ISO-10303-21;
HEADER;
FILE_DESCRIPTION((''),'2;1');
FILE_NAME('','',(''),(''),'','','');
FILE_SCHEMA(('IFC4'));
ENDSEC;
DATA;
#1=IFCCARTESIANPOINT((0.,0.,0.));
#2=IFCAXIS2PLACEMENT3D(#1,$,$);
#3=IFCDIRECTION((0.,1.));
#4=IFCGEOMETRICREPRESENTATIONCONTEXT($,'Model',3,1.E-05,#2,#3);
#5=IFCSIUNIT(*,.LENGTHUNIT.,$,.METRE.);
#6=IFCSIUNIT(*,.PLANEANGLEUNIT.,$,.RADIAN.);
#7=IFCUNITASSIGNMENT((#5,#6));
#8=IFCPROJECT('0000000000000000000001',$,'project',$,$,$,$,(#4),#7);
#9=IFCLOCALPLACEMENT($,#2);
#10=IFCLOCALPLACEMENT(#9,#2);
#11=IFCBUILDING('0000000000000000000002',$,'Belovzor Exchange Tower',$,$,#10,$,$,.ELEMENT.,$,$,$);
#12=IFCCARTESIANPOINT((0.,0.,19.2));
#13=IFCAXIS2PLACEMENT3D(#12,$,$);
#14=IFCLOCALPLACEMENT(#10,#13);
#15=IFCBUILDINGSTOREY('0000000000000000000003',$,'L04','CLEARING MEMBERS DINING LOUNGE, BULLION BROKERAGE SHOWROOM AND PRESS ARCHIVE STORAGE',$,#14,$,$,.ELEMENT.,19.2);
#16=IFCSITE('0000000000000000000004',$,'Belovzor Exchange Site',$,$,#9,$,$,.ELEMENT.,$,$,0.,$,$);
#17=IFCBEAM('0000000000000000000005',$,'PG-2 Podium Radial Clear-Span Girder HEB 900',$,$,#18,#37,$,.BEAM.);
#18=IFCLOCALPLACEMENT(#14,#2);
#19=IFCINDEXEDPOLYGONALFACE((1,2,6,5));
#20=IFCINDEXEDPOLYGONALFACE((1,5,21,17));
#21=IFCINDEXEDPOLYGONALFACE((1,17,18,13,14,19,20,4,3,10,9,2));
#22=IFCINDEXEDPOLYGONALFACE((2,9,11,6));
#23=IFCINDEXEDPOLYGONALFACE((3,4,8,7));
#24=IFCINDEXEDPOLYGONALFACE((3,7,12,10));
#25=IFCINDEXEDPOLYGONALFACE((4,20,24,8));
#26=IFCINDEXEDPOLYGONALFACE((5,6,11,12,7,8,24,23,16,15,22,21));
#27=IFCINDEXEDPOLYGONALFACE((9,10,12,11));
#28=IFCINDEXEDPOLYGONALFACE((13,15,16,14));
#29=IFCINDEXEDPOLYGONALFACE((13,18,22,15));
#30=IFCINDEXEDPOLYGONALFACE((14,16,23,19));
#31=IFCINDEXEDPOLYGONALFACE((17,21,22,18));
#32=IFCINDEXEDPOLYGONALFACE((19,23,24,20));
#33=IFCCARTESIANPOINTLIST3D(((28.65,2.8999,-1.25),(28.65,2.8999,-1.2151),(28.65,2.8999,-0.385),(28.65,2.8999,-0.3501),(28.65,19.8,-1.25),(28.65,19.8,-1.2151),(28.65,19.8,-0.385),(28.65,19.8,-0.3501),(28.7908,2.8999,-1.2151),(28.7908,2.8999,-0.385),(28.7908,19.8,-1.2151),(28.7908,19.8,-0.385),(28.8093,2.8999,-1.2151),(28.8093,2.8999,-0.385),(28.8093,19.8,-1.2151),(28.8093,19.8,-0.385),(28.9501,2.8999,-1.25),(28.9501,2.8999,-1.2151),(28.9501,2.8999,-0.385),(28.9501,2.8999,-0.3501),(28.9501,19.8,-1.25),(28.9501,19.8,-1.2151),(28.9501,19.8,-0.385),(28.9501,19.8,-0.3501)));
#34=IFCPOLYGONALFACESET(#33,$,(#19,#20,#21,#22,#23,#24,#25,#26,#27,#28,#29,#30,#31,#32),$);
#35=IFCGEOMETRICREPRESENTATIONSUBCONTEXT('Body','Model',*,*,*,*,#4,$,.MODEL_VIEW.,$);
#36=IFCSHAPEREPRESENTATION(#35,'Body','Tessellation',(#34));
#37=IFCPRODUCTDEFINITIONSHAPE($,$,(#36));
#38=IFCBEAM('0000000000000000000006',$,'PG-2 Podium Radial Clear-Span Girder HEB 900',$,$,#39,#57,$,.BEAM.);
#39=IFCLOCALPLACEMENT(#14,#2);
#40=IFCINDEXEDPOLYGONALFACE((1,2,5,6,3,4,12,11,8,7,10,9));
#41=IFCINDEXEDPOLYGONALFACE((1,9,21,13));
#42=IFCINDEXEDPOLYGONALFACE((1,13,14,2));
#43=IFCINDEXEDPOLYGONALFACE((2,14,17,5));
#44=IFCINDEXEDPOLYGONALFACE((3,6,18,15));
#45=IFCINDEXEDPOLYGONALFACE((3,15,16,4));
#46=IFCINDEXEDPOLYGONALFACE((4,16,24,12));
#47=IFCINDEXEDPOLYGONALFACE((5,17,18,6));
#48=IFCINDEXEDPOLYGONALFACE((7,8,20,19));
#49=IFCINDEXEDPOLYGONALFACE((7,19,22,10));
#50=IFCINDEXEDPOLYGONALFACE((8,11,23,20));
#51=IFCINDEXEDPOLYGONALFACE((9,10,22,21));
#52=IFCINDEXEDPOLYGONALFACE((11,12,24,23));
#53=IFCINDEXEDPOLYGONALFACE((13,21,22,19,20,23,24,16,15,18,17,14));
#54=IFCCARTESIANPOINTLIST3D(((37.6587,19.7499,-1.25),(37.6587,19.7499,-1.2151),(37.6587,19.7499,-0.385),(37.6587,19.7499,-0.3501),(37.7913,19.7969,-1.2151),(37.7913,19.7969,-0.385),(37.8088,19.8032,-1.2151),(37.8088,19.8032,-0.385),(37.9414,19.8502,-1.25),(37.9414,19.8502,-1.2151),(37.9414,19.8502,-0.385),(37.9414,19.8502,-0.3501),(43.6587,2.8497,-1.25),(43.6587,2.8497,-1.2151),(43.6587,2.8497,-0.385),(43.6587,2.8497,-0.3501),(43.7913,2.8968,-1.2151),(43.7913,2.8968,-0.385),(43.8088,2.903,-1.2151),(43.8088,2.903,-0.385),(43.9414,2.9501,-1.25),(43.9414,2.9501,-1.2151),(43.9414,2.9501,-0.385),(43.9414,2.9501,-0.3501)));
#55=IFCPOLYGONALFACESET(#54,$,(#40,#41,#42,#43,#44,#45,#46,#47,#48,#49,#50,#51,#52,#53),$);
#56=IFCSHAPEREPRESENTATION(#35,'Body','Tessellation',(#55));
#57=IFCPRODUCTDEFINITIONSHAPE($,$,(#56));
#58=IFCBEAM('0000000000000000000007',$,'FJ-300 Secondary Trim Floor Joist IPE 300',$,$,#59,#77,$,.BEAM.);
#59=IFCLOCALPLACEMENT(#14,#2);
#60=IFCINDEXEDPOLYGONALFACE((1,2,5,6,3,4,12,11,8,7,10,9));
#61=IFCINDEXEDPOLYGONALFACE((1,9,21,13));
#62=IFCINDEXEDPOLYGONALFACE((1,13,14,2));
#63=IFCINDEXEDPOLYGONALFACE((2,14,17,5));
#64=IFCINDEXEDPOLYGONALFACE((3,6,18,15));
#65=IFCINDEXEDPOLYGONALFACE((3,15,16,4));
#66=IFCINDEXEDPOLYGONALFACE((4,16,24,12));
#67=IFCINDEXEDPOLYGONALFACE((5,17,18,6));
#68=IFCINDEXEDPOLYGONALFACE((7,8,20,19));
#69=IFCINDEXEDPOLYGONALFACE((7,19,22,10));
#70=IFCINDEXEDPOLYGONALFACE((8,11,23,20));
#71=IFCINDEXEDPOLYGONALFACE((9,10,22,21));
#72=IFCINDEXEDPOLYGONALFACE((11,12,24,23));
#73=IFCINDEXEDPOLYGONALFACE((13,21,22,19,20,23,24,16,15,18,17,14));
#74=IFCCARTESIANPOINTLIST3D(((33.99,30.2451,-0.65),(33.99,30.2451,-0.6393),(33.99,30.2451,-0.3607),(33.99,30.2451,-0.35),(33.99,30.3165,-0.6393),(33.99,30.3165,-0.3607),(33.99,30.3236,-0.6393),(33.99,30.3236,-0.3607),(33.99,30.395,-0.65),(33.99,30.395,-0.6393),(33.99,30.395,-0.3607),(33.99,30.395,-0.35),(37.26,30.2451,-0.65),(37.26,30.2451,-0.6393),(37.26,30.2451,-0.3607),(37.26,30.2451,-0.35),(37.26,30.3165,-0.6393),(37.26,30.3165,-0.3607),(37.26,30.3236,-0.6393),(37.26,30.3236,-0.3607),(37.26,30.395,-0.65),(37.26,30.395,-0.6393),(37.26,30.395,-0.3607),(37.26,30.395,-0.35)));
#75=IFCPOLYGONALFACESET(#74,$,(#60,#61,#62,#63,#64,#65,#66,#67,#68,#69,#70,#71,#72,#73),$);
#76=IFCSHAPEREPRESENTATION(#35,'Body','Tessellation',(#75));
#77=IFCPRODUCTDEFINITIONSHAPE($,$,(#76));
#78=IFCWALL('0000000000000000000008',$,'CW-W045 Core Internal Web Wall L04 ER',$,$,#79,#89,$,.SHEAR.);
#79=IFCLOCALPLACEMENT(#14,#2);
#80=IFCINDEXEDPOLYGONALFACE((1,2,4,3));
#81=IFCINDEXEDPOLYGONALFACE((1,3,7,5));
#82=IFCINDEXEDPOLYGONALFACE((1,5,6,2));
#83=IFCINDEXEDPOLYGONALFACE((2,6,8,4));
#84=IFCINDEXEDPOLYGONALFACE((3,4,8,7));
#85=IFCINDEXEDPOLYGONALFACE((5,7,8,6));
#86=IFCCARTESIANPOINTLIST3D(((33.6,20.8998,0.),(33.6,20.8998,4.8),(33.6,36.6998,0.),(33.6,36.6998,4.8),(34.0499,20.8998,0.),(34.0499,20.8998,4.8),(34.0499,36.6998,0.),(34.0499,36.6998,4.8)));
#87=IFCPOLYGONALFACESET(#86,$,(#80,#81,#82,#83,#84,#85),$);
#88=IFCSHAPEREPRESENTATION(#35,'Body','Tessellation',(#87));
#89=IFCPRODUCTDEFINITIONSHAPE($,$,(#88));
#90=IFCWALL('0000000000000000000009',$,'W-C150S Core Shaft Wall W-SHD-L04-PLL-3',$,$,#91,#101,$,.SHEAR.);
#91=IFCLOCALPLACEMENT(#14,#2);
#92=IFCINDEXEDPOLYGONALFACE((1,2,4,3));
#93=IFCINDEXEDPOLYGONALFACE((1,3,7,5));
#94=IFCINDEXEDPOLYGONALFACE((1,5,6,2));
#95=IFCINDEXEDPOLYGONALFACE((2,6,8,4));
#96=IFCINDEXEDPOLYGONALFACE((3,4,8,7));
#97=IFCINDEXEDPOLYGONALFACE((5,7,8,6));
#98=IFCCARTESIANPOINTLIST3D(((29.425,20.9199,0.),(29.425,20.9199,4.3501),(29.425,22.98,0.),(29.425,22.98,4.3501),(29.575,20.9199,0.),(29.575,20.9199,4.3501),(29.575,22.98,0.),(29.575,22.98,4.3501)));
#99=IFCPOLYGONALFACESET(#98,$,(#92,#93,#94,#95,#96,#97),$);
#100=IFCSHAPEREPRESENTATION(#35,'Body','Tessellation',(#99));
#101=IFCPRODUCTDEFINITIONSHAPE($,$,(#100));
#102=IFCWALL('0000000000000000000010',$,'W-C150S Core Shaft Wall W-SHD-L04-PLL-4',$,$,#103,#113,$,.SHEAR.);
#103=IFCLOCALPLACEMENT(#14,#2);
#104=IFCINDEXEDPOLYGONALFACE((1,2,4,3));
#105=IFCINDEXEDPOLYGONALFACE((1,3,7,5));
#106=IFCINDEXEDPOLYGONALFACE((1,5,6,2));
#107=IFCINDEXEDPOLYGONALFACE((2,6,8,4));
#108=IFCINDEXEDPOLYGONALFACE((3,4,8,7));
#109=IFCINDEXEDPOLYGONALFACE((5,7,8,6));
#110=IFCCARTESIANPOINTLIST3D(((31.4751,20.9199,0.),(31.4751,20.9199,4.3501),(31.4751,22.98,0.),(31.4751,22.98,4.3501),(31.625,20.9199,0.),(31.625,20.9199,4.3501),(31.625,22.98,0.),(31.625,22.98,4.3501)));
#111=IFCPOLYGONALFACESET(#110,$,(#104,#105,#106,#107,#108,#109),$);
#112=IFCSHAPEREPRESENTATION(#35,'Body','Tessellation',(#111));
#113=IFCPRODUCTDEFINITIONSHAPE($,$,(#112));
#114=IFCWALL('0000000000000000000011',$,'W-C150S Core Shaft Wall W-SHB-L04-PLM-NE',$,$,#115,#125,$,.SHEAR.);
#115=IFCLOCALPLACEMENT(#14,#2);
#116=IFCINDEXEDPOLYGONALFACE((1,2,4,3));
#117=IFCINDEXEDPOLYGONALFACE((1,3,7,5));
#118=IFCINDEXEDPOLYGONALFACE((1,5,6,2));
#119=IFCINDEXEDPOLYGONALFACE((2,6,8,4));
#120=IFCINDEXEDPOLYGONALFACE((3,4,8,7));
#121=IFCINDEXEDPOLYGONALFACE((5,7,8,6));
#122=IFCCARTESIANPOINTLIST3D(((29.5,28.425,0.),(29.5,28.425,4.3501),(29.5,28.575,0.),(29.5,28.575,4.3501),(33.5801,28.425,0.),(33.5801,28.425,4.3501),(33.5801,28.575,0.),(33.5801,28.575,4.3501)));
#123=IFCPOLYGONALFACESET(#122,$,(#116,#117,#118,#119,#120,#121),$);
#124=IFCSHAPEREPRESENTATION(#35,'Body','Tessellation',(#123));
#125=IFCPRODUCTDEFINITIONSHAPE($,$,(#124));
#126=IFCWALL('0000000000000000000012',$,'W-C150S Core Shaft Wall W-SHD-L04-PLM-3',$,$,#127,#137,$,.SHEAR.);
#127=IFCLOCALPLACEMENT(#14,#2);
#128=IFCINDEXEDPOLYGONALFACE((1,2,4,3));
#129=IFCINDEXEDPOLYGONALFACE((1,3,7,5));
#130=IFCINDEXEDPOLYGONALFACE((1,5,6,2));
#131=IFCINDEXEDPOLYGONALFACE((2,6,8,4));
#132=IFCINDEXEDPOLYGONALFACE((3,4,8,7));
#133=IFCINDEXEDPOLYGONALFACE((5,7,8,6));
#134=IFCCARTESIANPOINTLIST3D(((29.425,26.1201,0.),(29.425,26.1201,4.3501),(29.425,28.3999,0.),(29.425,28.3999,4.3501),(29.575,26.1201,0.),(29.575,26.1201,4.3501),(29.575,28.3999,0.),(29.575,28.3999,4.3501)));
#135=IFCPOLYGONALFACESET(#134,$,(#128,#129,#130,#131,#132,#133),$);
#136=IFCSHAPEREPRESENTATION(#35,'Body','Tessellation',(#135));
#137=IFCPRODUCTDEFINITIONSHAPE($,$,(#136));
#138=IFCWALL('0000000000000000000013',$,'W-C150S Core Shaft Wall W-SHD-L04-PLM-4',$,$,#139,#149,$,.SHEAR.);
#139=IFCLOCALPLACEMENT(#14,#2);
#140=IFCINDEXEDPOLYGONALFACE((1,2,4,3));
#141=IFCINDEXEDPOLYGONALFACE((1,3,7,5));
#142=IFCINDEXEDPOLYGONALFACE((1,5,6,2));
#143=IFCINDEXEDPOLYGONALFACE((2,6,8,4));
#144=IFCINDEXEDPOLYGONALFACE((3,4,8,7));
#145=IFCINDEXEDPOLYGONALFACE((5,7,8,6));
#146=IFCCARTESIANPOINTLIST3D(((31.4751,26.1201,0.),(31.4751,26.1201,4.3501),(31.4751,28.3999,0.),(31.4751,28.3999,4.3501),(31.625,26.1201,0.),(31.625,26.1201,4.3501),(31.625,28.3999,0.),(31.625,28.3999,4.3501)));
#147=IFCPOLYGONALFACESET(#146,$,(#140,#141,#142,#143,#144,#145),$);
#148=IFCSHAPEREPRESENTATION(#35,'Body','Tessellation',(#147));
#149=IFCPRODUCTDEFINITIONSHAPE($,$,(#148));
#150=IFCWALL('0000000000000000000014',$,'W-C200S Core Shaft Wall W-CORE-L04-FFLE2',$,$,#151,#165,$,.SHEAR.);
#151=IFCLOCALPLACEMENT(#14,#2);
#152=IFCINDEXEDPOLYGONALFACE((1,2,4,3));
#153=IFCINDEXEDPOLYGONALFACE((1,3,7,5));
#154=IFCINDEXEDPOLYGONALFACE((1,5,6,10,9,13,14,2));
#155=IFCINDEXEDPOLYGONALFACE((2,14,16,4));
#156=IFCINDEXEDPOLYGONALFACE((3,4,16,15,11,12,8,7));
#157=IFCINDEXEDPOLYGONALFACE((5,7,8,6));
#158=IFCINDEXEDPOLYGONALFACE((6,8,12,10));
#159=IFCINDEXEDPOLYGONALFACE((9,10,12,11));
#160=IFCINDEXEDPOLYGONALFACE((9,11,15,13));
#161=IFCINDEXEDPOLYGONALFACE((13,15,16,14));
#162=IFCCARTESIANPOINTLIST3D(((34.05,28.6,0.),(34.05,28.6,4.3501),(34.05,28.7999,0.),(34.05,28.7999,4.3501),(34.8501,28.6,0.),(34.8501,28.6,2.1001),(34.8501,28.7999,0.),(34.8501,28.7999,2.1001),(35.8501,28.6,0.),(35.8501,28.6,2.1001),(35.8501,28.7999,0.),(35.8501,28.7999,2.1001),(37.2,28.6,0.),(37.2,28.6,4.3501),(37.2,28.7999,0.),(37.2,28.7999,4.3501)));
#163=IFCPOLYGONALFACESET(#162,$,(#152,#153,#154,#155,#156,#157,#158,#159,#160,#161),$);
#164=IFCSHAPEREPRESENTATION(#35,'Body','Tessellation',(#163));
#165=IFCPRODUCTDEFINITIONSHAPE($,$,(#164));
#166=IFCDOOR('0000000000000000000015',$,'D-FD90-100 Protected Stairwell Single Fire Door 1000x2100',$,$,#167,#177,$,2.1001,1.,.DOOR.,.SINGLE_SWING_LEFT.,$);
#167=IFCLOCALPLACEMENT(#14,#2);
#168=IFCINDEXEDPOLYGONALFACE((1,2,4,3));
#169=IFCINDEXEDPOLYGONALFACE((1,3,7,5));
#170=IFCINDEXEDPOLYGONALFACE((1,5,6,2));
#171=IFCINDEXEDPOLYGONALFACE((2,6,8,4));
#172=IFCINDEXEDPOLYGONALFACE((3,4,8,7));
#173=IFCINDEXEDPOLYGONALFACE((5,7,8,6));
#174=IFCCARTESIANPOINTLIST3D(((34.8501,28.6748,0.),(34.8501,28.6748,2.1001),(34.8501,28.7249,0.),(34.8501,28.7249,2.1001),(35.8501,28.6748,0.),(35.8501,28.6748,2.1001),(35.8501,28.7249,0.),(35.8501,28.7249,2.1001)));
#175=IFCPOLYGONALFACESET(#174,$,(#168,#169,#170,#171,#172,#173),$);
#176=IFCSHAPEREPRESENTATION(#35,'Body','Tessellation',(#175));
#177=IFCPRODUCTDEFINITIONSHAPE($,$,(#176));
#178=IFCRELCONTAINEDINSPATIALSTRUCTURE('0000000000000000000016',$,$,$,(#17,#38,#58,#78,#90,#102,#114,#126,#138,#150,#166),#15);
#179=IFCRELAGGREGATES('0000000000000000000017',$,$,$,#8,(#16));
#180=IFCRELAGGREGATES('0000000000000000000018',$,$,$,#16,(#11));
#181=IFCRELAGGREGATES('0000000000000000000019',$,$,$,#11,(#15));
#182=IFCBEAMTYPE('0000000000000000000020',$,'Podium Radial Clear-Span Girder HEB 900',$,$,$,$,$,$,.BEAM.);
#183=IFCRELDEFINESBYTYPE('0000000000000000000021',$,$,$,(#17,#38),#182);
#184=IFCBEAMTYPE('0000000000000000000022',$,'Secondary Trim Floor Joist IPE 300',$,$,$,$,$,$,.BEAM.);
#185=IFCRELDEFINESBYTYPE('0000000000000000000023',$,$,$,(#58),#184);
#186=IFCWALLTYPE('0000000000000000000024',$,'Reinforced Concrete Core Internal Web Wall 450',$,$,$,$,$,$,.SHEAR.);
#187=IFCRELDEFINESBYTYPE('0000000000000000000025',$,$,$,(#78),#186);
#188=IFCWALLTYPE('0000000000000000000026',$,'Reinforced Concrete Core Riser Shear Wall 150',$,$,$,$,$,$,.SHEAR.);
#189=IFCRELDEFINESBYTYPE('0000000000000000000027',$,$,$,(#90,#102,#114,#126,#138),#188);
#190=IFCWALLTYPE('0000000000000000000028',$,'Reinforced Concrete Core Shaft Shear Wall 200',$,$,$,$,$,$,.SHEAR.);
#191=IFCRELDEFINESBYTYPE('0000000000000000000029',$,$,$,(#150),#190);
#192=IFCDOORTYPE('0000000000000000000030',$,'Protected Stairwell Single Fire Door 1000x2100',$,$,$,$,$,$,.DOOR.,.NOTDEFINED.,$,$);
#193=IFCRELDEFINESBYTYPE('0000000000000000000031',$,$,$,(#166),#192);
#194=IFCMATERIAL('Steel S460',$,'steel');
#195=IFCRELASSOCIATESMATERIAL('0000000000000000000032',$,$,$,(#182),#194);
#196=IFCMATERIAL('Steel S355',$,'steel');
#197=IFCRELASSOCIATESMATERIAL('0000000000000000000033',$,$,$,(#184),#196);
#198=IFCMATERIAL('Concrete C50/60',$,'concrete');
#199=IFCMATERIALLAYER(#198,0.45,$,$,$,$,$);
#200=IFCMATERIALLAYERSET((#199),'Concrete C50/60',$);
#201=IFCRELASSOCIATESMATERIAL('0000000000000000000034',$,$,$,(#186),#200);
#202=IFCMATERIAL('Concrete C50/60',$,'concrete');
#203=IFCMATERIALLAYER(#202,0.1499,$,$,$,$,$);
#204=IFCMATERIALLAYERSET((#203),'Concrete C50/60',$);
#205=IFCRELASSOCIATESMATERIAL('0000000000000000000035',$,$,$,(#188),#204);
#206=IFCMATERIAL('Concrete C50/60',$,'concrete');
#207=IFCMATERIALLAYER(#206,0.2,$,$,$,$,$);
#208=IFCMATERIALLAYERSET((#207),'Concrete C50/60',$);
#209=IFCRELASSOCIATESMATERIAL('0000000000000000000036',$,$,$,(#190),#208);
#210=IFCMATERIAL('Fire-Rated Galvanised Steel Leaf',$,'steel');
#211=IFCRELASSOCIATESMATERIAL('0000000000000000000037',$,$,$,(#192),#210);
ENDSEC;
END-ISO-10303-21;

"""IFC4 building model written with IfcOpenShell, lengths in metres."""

from ifc_helpers import new_model, si_unit, direction, frame, frame_2d, origin, origin_2d, place, context, subcontext, project, spatial, rectangle, i_section, extrude, material, layer, layer_set, material_profile, profile_set, type_object, element, fill, save


model = new_model("IFC4")

# Units and contexts
model_context = context("Model", 3, precision=1e-05, world=origin(), true_north=direction((0.0, 1.0)))
body_context = subcontext(model_context, "Body", "Model", "MODEL_VIEW")
ifc_project = project(units=[si_unit("LENGTHUNIT", "METRE"), si_unit("PLANEANGLEUNIT", "RADIAN")], contexts=[model_context])

# Site, building, storey
site_placement = place(None, origin())
site = spatial("IfcSite", under=ifc_project, at=site_placement, Name="Belovzor Exchange Site", CompositionType="ELEMENT", RefElevation=0.0)
building_placement = place(site_placement, origin())
building = spatial("IfcBuilding", under=site, at=building_placement, Name="Belovzor Exchange Tower", CompositionType="ELEMENT")
storey_placement = place(building_placement, frame((0.0, 0.0, 19.2)))
storey = spatial("IfcBuildingStorey", under=building, at=storey_placement, Name="L04", Description="CLEARING MEMBERS DINING LOUNGE, BULLION BROKERAGE SHOWROOM AND PRESS ARCHIVE STORAGE", CompositionType="ELEMENT", Elevation=19.2)

# Beams
ifc_material_1 = material(Name="Steel S460", Category="steel")
ifc_material_profile_1 = material_profile(ifc_material_1, i_section(OverallWidth=0.3, OverallDepth=0.8999, WebThickness=0.0186, FlangeThickness=0.0349, at=origin_2d()))
ifc_profile_set_1 = profile_set([ifc_material_profile_1], Name="Steel S460")
beam_type_1 = type_object("IfcBeamType", Name="Podium Radial Clear-Span Girder HEB 900", PredefinedType="BEAM", material=ifc_profile_set_1)
beam_1_placement = place(storey_placement, frame((28.8, 19.8, -0.8), z_axis=(0.0, -1.0, 0.0), x_axis=(1.0, 0.0, 0.0)))
element("IfcBeam", 1, at=beam_1_placement, inside=storey, type_object=beam_type_1, Name="PG-2 Podium Radial Clear-Span Girder HEB 900", PredefinedType="BEAM", context=body_context, shape_type="SweptSolid", body=[
    extrude(i_section(OverallWidth=0.3, OverallDepth=0.8999, WebThickness=0.0186, FlangeThickness=0.0349, at=origin_2d()), origin(), (0.0, 0.0, 1.0), 16.9001),
])
beam_2_placement = place(storey_placement, frame((37.8, 19.8, -0.8), z_axis=(0.334567, -0.942372, 0.0), x_axis=(0.942372, 0.334567, 0.0)))
element("IfcBeam", 2, at=beam_2_placement, inside=storey, type_object=beam_type_1, Name="PG-2 Podium Radial Clear-Span Girder HEB 900", PredefinedType="BEAM", context=body_context, shape_type="SweptSolid", body=[
    extrude(i_section(OverallWidth=0.3, OverallDepth=0.8999, WebThickness=0.0186, FlangeThickness=0.0349, at=origin_2d()), origin(), (0.0, 0.0, 1.0), 17.9336),
])
ifc_material_2 = material(Name="Steel S355", Category="steel")
ifc_material_profile_2 = material_profile(ifc_material_2, i_section(OverallWidth=0.1499, OverallDepth=0.3, WebThickness=0.0071, FlangeThickness=0.0107, at=origin_2d()))
ifc_profile_set_2 = profile_set([ifc_material_profile_2], Name="Steel S355")
beam_type_2 = type_object("IfcBeamType", Name="Secondary Trim Floor Joist IPE 300", PredefinedType="BEAM", material=ifc_profile_set_2)
beam_3_placement = place(storey_placement, frame((37.26, 30.3201, -0.5), z_axis=(-1.0, 0.0, 0.0), x_axis=(0.0, -1.0, 0.0)))
element("IfcBeam", 3, at=beam_3_placement, inside=storey, type_object=beam_type_2, Name="FJ-300 Secondary Trim Floor Joist IPE 300", PredefinedType="BEAM", context=body_context, shape_type="SweptSolid", body=[
    extrude(i_section(OverallWidth=0.1499, OverallDepth=0.3, WebThickness=0.0071, FlangeThickness=0.0107, at=origin_2d()), origin(), (0.0, 0.0, 1.0), 3.27),
])

# Walls
ifc_material_3 = material(Name="Concrete C50/60", Category="concrete")
ifc_layer_1 = layer(ifc_material_3, 0.45)
ifc_layer_set_1 = layer_set([ifc_layer_1], Name="Concrete C50/60")
wall_type_1 = type_object("IfcWallType", Name="Reinforced Concrete Core Internal Web Wall 450", PredefinedType="SHEAR", material=ifc_layer_set_1)
wall_1_placement = place(storey_placement, frame((33.825, 20.8999, 0.0), z_axis=(0.0, 0.0, 1.0), x_axis=(0.0, 1.0, 0.0)))
element("IfcWall", 4, at=wall_1_placement, inside=storey, type_object=wall_type_1, Name="CW-W045 Core Internal Web Wall L04 ER", PredefinedType="SHEAR", context=body_context, shape_type="SweptSolid", body=[
    extrude(rectangle(XDim=15.8, YDim=0.45, at=frame_2d((7.8999, 0.0))), origin(), (0.0, 0.0, 1.0), 4.8),
])
ifc_material_4 = material(Name="Concrete C50/60", Category="concrete")
ifc_layer_2 = layer(ifc_material_4, 0.1499)
ifc_layer_set_2 = layer_set([ifc_layer_2], Name="Concrete C50/60")
wall_type_2 = type_object("IfcWallType", Name="Reinforced Concrete Core Riser Shear Wall 150", PredefinedType="SHEAR", material=ifc_layer_set_2)
for number, where, z_axis, x_axis, name in (
    (5, (29.5, 20.9199, 0.0), (0.0, 0.0, 1.0), (0.0, 1.0, 0.0), "W-C150S Core Shaft Wall W-SHD-L04-PLL-3"),
    (6, (31.55, 20.9199, 0.0), (0.0, 0.0, 1.0), (0.0, 1.0, 0.0), "W-C150S Core Shaft Wall W-SHD-L04-PLL-4"),
):
    element("IfcWall", number, at=place(storey_placement, frame(where, z_axis=z_axis, x_axis=x_axis)), inside=storey, type_object=wall_type_2, Name=name, PredefinedType="SHEAR", context=body_context, shape_type="SweptSolid", body=[
        extrude(rectangle(XDim=2.0601, YDim=0.1499, at=frame_2d((1.03, 0.0))), origin(), (0.0, 0.0, 1.0), 4.3501),
    ])
wall_2_placement = place(storey_placement, frame((29.5, 28.5, 0.0), z_axis=(0.0, 0.0, 1.0), x_axis=(1.0, 0.0, 0.0)))
element("IfcWall", 7, at=wall_2_placement, inside=storey, type_object=wall_type_2, Name="W-C150S Core Shaft Wall W-SHB-L04-PLM-NE", PredefinedType="SHEAR", context=body_context, shape_type="SweptSolid", body=[
    extrude(rectangle(XDim=4.0801, YDim=0.1499, at=frame_2d((2.04, 0.0))), origin(), (0.0, 0.0, 1.0), 4.3501),
])
for number, where, z_axis, x_axis, name in (
    (8, (29.5, 26.1201, 0.0), (0.0, 0.0, 1.0), (0.0, 1.0, 0.0), "W-C150S Core Shaft Wall W-SHD-L04-PLM-3"),
    (9, (31.55, 26.1201, 0.0), (0.0, 0.0, 1.0), (0.0, 1.0, 0.0), "W-C150S Core Shaft Wall W-SHD-L04-PLM-4"),
):
    element("IfcWall", number, at=place(storey_placement, frame(where, z_axis=z_axis, x_axis=x_axis)), inside=storey, type_object=wall_type_2, Name=name, PredefinedType="SHEAR", context=body_context, shape_type="SweptSolid", body=[
        extrude(rectangle(XDim=2.2798, YDim=0.1499, at=frame_2d((1.1399, 0.0))), origin(), (0.0, 0.0, 1.0), 4.3501),
    ])

# Wall, opening, door
ifc_material_5 = material(Name="Concrete C50/60", Category="concrete")
ifc_layer_3 = layer(ifc_material_5, 0.2)
ifc_layer_set_3 = layer_set([ifc_layer_3], Name="Concrete C50/60")
wall_type_3 = type_object("IfcWallType", Name="Reinforced Concrete Core Shaft Shear Wall 200", PredefinedType="SHEAR", material=ifc_layer_set_3)
wall_3_placement = place(storey_placement, frame((34.05, 28.7, 0.0), z_axis=(0.0, 0.0, 1.0), x_axis=(1.0, 0.0, 0.0)))
wall_3 = element("IfcWall", 10, at=wall_3_placement, inside=storey, type_object=wall_type_3, Name="W-C200S Core Shaft Wall W-CORE-L04-FFLE2", PredefinedType="SHEAR", context=body_context, shape_type="SweptSolid", body=[
    extrude(rectangle(XDim=3.1499, YDim=0.2, at=frame_2d((1.575, 0.0))), origin(), (0.0, 0.0, 1.0), 4.3501),
])
opening_1_placement = place(wall_3_placement, frame((0.8, 0.0, 0.0)))
opening_1 = element("IfcOpeningElement", 11, at=opening_1_placement, cuts=wall_3, PredefinedType="OPENING", context=body_context, shape_type="SweptSolid", body=[
    extrude(rectangle(XDim=1.0, YDim=2.1001, at=frame_2d((0.5, 1.05))), frame((0.0, 0.1099, 0.0), z_axis=(0.0, -1.0, 0.0), x_axis=(1.0, 0.0, 0.0)), (0.0, 0.0, 1.0), 0.22),
])
ifc_material_6 = material(Name="Fire-Rated Galvanised Steel Leaf", Category="steel")
door_type_1 = type_object("IfcDoorType", Name="Protected Stairwell Single Fire Door 1000x2100", OperationType="NOTDEFINED", PredefinedType="DOOR", material=ifc_material_6)
door_1_placement = place(opening_1_placement, origin())
door_1 = element("IfcDoor", 12, at=door_1_placement, inside=storey, type_object=door_type_1, Name="D-FD90-100 Protected Stairwell Single Fire Door 1000x2100", OperationType="SINGLE_SWING_LEFT", OverallHeight=2.1001, OverallWidth=1.0, PredefinedType="DOOR", context=body_context, shape_type="SweptSolid", body=[
    extrude(rectangle(XDim=1.0, YDim=2.1001, at=frame_2d((0.5, 1.05))), frame((0.0, 0.0249, 0.0), z_axis=(0.0, -1.0, 0.0), x_axis=(1.0, 0.0, 0.0)), (0.0, 0.0, 1.0), 0.05),
])
fill(opening_1, door_1)

save(model, "model.ifc")
